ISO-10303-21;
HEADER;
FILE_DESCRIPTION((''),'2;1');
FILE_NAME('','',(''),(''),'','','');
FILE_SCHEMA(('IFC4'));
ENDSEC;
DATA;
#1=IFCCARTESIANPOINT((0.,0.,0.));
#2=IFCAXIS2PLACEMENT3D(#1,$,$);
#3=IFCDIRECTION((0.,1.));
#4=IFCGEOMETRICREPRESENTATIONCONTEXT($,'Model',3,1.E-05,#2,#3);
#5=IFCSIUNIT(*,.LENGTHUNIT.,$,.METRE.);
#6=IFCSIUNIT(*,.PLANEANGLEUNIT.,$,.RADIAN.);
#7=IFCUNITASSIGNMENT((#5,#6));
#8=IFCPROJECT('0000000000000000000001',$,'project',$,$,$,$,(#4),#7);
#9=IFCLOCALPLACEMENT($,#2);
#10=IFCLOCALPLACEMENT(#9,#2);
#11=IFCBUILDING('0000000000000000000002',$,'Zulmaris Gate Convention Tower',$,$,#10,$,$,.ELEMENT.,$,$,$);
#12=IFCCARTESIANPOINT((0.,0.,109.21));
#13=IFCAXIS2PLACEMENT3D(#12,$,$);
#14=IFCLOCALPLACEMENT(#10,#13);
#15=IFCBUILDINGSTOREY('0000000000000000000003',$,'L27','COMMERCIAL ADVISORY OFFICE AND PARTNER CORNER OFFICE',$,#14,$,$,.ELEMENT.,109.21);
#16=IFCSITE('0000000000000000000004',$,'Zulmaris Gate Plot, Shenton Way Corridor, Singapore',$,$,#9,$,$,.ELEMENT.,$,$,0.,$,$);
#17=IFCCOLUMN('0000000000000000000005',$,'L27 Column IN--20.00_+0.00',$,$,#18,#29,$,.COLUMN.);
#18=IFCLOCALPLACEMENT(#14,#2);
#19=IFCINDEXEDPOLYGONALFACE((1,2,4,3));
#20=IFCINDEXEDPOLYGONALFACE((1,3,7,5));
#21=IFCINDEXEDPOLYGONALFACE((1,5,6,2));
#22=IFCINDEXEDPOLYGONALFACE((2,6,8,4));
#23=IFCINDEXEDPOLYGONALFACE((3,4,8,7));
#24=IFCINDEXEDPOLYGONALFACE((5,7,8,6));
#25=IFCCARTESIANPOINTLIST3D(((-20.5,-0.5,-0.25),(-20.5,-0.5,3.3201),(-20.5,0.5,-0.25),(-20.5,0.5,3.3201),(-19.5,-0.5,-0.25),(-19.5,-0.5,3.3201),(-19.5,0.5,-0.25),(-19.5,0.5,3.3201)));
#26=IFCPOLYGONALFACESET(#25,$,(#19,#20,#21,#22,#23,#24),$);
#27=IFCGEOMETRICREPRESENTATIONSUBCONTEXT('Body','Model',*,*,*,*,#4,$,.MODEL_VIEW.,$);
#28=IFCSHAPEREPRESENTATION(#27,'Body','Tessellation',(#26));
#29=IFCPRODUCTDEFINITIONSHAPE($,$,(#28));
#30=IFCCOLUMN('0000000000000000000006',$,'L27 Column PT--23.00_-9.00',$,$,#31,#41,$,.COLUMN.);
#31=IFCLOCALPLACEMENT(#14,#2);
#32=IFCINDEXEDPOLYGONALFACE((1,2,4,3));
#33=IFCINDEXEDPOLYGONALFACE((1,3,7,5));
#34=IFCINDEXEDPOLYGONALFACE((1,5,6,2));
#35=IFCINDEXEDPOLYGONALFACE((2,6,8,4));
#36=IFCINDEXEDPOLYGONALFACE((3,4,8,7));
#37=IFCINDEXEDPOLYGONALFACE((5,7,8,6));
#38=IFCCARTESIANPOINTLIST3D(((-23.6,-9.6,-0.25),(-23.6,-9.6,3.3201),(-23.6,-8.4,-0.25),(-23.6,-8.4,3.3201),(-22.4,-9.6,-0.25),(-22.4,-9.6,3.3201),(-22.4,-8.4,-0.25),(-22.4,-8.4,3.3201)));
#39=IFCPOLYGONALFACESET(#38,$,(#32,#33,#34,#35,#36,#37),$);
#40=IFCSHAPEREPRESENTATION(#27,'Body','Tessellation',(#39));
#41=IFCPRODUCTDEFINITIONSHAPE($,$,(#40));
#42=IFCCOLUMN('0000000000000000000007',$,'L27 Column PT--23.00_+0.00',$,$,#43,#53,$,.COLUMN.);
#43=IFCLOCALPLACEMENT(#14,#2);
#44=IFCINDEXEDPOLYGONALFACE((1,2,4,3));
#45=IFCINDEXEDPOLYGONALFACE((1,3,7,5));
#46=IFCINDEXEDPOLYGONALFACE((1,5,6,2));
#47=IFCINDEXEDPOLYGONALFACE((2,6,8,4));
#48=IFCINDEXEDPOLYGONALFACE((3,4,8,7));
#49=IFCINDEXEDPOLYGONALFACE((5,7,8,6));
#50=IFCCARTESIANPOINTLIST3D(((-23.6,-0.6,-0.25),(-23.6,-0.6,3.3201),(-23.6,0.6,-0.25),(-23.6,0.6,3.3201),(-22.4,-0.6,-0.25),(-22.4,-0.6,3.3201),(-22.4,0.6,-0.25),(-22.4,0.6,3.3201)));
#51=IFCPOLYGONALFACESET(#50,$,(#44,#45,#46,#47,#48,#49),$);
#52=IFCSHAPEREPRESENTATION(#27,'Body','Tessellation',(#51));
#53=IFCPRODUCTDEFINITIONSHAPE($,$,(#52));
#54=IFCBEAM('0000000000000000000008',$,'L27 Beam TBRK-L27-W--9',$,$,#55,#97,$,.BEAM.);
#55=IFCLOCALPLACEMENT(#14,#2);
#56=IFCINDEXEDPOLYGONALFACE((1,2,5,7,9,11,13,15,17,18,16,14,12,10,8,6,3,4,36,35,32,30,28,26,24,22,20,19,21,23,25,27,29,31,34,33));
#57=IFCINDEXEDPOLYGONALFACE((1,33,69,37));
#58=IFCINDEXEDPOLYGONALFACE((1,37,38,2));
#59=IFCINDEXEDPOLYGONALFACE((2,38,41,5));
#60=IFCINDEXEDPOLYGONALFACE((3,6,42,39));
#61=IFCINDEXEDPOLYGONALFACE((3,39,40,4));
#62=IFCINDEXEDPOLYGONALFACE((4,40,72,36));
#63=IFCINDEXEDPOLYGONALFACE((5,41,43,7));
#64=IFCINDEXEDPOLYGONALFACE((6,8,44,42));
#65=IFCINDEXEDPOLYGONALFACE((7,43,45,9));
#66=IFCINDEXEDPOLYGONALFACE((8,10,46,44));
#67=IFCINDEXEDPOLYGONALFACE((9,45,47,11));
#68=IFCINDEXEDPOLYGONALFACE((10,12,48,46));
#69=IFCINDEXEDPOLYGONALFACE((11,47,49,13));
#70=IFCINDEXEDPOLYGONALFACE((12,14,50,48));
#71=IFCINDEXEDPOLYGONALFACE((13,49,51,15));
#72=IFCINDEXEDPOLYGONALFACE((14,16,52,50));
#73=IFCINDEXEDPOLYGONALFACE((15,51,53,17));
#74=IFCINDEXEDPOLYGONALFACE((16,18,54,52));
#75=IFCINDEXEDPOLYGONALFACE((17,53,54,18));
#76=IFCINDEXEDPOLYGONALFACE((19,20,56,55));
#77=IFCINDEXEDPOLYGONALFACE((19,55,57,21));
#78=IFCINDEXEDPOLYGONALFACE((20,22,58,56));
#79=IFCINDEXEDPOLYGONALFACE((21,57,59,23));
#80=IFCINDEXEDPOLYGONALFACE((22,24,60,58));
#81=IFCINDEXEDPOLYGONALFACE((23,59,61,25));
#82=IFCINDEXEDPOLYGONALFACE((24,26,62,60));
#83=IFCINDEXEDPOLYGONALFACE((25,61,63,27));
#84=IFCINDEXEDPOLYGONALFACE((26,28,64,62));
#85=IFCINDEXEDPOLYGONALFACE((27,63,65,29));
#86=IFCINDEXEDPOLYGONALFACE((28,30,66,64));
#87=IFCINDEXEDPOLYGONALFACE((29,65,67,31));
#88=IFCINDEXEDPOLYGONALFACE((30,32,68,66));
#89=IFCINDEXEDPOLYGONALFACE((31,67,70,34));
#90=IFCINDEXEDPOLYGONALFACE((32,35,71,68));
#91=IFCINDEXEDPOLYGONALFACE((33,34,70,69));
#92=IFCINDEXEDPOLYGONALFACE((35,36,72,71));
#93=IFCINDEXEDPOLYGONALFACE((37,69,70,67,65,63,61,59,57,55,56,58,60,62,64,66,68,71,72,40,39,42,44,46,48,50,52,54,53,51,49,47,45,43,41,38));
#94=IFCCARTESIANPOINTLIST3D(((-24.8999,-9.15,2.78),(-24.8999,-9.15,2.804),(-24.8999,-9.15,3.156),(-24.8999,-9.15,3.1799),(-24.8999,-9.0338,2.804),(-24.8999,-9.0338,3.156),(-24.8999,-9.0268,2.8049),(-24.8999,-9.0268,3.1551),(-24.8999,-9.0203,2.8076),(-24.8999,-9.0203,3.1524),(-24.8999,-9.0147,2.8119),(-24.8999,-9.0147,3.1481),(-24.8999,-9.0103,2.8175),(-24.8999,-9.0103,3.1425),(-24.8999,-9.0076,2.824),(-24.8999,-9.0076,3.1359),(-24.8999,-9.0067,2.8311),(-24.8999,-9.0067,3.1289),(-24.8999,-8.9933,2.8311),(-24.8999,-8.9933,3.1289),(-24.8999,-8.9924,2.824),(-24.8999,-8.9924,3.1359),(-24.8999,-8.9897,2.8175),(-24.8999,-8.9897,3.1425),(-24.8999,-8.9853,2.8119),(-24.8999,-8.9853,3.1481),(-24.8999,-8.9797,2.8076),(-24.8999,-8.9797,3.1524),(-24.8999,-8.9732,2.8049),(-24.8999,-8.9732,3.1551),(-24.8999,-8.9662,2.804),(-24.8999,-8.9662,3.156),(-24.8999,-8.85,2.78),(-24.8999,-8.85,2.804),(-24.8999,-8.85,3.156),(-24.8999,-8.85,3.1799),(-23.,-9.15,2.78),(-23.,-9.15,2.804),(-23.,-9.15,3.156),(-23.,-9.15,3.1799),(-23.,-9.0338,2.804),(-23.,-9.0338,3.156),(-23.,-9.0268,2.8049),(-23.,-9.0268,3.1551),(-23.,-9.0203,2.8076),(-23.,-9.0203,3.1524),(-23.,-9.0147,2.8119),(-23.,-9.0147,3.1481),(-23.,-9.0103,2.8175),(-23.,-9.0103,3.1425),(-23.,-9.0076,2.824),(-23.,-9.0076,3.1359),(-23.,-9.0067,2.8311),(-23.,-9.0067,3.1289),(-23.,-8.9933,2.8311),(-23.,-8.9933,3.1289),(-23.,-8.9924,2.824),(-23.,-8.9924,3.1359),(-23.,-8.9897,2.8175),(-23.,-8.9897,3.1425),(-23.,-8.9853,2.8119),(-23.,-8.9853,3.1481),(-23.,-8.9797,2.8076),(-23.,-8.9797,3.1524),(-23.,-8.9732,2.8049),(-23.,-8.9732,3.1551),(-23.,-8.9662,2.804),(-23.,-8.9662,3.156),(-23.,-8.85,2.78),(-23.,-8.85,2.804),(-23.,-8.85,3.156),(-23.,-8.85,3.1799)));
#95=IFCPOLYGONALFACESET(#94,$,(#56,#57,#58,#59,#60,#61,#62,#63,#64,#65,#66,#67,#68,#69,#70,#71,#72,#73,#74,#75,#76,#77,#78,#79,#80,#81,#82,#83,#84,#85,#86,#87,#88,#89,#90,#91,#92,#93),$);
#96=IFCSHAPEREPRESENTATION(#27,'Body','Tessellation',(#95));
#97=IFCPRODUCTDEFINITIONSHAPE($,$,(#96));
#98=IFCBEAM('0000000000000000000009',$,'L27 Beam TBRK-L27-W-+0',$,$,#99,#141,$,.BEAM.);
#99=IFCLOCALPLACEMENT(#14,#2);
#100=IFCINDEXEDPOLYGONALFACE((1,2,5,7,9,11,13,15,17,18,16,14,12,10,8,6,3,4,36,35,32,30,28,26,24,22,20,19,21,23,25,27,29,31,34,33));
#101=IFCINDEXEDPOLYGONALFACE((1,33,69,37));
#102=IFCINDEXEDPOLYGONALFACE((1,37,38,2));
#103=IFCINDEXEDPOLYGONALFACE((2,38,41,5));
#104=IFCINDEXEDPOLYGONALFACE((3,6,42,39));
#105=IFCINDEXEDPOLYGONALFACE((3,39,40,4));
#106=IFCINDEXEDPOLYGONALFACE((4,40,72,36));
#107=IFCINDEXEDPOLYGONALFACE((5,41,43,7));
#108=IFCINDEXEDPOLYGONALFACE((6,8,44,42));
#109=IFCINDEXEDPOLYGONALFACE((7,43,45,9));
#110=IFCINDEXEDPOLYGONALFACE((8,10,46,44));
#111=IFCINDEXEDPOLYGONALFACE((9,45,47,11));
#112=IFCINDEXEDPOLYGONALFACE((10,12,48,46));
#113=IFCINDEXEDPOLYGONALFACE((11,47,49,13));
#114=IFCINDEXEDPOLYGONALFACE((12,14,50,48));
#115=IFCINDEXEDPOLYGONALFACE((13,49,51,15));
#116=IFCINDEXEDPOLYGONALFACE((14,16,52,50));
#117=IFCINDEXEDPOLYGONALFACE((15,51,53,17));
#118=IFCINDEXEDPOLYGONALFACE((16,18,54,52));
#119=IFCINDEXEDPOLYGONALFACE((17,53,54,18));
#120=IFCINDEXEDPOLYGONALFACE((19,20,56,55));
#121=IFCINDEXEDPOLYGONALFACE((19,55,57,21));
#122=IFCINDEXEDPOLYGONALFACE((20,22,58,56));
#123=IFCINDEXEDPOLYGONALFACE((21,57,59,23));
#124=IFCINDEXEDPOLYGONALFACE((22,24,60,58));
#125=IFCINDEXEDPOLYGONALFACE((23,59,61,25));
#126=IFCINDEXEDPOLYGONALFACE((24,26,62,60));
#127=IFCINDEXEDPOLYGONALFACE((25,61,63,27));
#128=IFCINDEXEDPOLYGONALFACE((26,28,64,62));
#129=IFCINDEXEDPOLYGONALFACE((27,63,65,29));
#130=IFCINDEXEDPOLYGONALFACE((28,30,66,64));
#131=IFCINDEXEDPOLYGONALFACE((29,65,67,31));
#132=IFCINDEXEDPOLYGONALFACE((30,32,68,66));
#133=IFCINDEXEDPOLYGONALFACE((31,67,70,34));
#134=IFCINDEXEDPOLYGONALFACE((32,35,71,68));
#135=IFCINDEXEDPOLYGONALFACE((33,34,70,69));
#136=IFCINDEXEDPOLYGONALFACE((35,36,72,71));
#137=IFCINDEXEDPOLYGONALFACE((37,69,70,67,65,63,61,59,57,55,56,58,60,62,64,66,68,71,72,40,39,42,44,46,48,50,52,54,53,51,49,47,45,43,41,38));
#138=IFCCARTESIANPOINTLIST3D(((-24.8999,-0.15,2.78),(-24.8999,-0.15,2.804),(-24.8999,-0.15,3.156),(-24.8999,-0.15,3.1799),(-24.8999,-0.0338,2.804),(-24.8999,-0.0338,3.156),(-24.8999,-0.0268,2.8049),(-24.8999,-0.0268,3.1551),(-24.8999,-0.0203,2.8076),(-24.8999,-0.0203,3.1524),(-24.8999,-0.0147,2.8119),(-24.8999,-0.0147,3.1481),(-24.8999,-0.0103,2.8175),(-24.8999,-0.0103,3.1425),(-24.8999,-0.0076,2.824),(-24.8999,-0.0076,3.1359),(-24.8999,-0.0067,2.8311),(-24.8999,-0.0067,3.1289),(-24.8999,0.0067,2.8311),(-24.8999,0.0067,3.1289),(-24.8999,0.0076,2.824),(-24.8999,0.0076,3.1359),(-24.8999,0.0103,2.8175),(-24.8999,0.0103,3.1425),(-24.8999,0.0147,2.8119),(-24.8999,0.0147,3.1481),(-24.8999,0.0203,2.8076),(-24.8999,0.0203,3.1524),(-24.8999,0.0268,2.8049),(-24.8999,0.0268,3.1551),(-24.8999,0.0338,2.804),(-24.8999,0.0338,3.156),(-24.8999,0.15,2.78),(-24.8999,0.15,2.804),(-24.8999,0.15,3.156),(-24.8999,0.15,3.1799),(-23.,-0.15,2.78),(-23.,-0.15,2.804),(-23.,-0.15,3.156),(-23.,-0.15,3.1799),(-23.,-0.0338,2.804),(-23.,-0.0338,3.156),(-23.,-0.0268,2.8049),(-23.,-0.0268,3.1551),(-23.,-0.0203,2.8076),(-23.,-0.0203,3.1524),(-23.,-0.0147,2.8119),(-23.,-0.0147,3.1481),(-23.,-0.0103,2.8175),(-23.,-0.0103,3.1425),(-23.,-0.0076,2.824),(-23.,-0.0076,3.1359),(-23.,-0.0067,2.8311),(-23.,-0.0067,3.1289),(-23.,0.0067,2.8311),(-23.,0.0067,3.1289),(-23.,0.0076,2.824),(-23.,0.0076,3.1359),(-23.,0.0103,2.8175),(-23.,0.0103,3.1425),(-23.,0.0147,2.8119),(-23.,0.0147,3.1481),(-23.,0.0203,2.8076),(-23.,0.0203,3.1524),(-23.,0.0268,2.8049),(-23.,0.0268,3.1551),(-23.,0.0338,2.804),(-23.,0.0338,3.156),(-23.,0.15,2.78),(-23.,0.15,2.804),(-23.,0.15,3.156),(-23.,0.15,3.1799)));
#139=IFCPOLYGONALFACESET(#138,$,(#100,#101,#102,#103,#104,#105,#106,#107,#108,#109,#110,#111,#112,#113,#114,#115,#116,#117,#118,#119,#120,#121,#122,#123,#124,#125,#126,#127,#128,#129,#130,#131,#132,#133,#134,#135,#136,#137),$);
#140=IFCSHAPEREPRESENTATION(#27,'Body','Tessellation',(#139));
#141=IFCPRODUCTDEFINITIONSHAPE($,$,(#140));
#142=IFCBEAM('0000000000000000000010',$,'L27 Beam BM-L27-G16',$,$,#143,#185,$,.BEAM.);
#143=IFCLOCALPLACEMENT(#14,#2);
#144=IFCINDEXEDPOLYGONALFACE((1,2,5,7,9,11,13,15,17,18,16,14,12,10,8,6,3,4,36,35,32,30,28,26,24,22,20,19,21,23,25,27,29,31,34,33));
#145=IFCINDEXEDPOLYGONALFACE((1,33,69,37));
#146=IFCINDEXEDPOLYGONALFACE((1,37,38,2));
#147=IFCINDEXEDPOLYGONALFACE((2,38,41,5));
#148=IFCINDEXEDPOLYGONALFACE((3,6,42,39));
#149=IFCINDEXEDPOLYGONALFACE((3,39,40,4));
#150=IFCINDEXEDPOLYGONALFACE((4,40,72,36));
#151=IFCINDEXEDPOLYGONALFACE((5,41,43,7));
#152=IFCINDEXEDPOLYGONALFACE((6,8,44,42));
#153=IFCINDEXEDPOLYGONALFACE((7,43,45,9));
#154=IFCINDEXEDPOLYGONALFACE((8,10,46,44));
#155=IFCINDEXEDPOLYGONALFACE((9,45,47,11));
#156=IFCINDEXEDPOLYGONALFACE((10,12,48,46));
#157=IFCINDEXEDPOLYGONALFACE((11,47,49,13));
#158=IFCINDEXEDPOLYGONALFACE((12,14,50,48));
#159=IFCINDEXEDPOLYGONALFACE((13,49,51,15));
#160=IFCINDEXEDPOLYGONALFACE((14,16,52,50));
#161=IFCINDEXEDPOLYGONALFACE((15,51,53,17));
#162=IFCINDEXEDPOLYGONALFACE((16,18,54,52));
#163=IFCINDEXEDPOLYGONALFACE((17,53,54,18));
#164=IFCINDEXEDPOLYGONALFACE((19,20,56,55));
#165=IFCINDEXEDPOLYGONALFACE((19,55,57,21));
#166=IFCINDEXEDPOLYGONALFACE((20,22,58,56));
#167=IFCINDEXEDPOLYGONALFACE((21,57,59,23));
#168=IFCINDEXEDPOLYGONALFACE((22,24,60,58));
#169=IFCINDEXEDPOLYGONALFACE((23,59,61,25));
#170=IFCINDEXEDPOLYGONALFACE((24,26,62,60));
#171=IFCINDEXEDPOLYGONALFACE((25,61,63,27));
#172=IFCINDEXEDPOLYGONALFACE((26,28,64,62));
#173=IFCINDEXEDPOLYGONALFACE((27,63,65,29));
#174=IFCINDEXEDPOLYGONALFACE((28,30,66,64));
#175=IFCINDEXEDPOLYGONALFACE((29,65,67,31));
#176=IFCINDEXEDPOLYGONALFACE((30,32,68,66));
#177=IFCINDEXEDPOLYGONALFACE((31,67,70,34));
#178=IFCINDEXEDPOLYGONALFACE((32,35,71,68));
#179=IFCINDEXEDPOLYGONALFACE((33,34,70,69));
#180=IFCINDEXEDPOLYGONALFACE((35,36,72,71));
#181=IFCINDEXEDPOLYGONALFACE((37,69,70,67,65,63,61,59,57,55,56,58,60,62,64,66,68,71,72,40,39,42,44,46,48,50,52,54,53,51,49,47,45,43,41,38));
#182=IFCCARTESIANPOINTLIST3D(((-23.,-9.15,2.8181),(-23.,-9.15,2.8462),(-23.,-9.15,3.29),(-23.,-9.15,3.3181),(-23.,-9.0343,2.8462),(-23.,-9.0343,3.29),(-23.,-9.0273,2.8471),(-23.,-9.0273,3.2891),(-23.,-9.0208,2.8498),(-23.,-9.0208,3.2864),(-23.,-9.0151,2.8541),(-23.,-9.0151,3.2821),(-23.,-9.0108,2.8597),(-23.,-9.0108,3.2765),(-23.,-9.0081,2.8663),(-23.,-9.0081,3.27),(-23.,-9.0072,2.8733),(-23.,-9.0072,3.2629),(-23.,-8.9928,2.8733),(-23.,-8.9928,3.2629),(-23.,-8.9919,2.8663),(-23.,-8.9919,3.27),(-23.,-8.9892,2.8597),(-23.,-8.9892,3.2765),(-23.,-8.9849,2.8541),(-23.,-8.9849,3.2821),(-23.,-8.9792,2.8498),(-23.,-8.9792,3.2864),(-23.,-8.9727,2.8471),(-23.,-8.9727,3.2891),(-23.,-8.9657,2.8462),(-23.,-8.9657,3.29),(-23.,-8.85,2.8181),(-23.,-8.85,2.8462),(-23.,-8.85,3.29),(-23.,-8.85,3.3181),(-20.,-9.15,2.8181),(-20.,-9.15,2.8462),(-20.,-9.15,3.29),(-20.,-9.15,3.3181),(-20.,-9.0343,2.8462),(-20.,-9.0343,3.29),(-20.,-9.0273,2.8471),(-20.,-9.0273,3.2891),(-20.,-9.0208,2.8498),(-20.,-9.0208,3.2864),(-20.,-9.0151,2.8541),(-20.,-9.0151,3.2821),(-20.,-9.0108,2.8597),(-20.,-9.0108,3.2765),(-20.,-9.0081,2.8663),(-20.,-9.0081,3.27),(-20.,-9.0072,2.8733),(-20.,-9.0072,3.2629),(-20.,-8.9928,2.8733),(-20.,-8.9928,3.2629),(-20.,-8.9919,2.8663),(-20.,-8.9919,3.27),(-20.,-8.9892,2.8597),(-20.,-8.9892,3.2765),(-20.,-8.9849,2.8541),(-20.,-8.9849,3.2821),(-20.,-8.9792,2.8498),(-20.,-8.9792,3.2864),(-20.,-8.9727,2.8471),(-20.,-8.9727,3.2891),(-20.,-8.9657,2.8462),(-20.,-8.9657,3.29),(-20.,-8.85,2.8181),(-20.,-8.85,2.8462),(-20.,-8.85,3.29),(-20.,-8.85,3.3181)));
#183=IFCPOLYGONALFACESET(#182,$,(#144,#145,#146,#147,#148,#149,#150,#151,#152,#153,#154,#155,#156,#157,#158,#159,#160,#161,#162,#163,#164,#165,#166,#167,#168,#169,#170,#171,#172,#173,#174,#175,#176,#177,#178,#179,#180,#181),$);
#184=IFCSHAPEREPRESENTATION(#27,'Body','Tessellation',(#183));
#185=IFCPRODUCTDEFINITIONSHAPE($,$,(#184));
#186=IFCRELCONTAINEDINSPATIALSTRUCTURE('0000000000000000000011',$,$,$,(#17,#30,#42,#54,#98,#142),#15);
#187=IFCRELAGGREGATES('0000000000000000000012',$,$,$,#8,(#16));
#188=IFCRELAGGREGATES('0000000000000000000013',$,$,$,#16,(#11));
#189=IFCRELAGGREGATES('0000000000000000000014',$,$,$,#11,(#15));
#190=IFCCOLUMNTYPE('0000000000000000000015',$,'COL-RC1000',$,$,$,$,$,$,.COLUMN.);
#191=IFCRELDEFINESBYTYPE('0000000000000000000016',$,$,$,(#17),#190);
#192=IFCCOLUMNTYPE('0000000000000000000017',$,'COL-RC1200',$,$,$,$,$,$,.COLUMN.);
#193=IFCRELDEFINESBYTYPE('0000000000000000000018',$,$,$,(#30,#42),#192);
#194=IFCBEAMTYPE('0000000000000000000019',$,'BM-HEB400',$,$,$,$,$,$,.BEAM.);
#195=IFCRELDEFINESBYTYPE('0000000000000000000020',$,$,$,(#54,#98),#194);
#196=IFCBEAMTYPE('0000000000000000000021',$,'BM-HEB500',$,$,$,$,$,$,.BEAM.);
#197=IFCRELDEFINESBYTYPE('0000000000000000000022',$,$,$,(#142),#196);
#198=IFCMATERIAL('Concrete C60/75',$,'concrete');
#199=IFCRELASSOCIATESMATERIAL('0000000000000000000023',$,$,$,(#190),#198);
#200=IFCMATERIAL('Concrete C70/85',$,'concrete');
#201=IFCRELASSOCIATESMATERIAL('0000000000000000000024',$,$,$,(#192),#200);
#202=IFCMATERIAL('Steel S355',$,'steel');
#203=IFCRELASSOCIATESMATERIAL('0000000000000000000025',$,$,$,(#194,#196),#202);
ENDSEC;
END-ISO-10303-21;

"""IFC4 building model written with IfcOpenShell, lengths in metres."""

from ifc_helpers import new_model, si_unit, direction, frame, origin, origin_2d, place, context, subcontext, project, spatial, rectangle, i_section, extrude, material, material_profile, profile_set, type_object, element, save


model = new_model("IFC4")

# Units and contexts
model_context = context("Model", 3, precision=1e-05, world=origin(), true_north=direction((0.0, 1.0)))
body_context = subcontext(model_context, "Body", "Model", "MODEL_VIEW")
ifc_project = project(units=[si_unit("LENGTHUNIT", "METRE"), si_unit("PLANEANGLEUNIT", "RADIAN")], contexts=[model_context])

# Site, building, storey
site_placement = place(None, origin())
site = spatial("IfcSite", under=ifc_project, at=site_placement, Name="Zulmaris Gate Plot, Shenton Way Corridor, Singapore", CompositionType="ELEMENT", RefElevation=0.0)
building_placement = place(site_placement, origin())
building = spatial("IfcBuilding", under=site, at=building_placement, Name="Zulmaris Gate Convention Tower", CompositionType="ELEMENT")
storey_placement = place(building_placement, frame((0.0, 0.0, 109.21)))
storey = spatial("IfcBuildingStorey", under=building, at=storey_placement, Name="L27", Description="COMMERCIAL ADVISORY OFFICE AND PARTNER CORNER OFFICE", CompositionType="ELEMENT", Elevation=109.21)

# Columns
ifc_material_1 = material(Name="Concrete C60/75", Category="concrete")
ifc_material_profile_1 = material_profile(ifc_material_1, rectangle(XDim=1.0, YDim=1.0, at=origin_2d()), Name="RC COL 1000x1000")
ifc_profile_set_1 = profile_set([ifc_material_profile_1], Name="Concrete C60/75")
column_type_1 = type_object("IfcColumnType", Name="COL-RC1000", PredefinedType="COLUMN", material=ifc_profile_set_1)
column_placement = place(storey_placement, frame((-20.0, 0.0, -0.25), z_axis=(0.0, 0.0, 1.0), x_axis=(1.0, 0.0, 0.0)))
element("IfcColumn", 1, at=column_placement, inside=storey, type_object=column_type_1, Name="L27 Column IN--20.00_+0.00", PredefinedType="COLUMN", context=body_context, shape_type="SweptSolid", body=[
    extrude(rectangle(XDim=1.0, YDim=1.0, at=origin_2d()), origin(), (0.0, 0.0, 1.0), 3.5701),
])
ifc_material_2 = material(Name="Concrete C70/85", Category="concrete")
ifc_material_profile_2 = material_profile(ifc_material_2, rectangle(XDim=1.2, YDim=1.2, at=origin_2d()), Name="RC COL 1200x1200")
ifc_profile_set_2 = profile_set([ifc_material_profile_2], Name="Concrete C70/85")
column_type_2 = type_object("IfcColumnType", Name="COL-RC1200", PredefinedType="COLUMN", material=ifc_profile_set_2)
for number, where, z_axis, x_axis, name in (
    (2, (-23.0, -9.0, -0.25), (0.0, 0.0, 1.0), (1.0, 0.0, 0.0), "L27 Column PT--23.00_-9.00"),
    (3, (-23.0, 0.0, -0.25), (0.0, 0.0, 1.0), (1.0, 0.0, 0.0), "L27 Column PT--23.00_+0.00"),
):
    element("IfcColumn", number, at=place(storey_placement, frame(where, z_axis=z_axis, x_axis=x_axis)), inside=storey, type_object=column_type_2, Name=name, PredefinedType="COLUMN", context=body_context, shape_type="SweptSolid", body=[
        extrude(rectangle(XDim=1.2, YDim=1.2, at=origin_2d()), origin(), (0.0, 0.0, 1.0), 3.5701),
    ])

# Beams
ifc_material_3 = material(Name="Steel S355", Category="steel")
ifc_material_profile_3 = material_profile(ifc_material_3, i_section(OverallWidth=0.3, OverallDepth=0.3999, WebThickness=0.0134, FlangeThickness=0.0239, FilletRadius=0.0271, at=origin_2d()), Name="HEB 400")
ifc_profile_set_3 = profile_set([ifc_material_profile_3], Name="Steel S355")
beam_type_1 = type_object("IfcBeamType", Name="BM-HEB400", PredefinedType="BEAM", material=ifc_profile_set_3)
for number, where, z_axis, x_axis, name in (
    (4, (-24.8999, -9.0, 2.98), (1.0, 0.0, 0.0), (0.0, 1.0, 0.0), "L27 Beam TBRK-L27-W--9"),
    (5, (-24.8999, 0.0, 2.98), (1.0, 0.0, 0.0), (0.0, 1.0, 0.0), "L27 Beam TBRK-L27-W-+0"),
):
    element("IfcBeam", number, at=place(storey_placement, frame(where, z_axis=z_axis, x_axis=x_axis)), inside=storey, type_object=beam_type_1, Name=name, PredefinedType="BEAM", context=body_context, shape_type="SweptSolid", body=[
        extrude(i_section(OverallWidth=0.3, OverallDepth=0.3999, WebThickness=0.0134, FlangeThickness=0.0239, FilletRadius=0.0271, at=origin_2d()), origin(), (0.0, 0.0, 1.0), 1.8999),
    ])
ifc_material_profile_4 = material_profile(ifc_material_3, i_section(OverallWidth=0.3, OverallDepth=0.5, WebThickness=0.0144, FlangeThickness=0.0281, FilletRadius=0.0271, at=origin_2d()), Name="HEB 500")
ifc_profile_set_4 = profile_set([ifc_material_profile_4], Name="Steel S355")
beam_type_2 = type_object("IfcBeamType", Name="BM-HEB500", PredefinedType="BEAM", material=ifc_profile_set_4)
for number, where, z_axis, x_axis, name in (
    (6, (-23.0, -9.0, 3.0681), (1.0, 0.0, 0.0), (0.0, 1.0, 0.0), "L27 Beam BM-L27-G16"),
):
    element("IfcBeam", number, at=place(storey_placement, frame(where, z_axis=z_axis, x_axis=x_axis)), inside=storey, type_object=beam_type_2, Name=name, PredefinedType="BEAM", context=body_context, shape_type="SweptSolid", body=[
        extrude(i_section(OverallWidth=0.3, OverallDepth=0.5, WebThickness=0.0144, FlangeThickness=0.0281, FilletRadius=0.0271, at=origin_2d()), origin(), (0.0, 0.0, 1.0), 3.0),
    ])

save(model, "model.ifc")
